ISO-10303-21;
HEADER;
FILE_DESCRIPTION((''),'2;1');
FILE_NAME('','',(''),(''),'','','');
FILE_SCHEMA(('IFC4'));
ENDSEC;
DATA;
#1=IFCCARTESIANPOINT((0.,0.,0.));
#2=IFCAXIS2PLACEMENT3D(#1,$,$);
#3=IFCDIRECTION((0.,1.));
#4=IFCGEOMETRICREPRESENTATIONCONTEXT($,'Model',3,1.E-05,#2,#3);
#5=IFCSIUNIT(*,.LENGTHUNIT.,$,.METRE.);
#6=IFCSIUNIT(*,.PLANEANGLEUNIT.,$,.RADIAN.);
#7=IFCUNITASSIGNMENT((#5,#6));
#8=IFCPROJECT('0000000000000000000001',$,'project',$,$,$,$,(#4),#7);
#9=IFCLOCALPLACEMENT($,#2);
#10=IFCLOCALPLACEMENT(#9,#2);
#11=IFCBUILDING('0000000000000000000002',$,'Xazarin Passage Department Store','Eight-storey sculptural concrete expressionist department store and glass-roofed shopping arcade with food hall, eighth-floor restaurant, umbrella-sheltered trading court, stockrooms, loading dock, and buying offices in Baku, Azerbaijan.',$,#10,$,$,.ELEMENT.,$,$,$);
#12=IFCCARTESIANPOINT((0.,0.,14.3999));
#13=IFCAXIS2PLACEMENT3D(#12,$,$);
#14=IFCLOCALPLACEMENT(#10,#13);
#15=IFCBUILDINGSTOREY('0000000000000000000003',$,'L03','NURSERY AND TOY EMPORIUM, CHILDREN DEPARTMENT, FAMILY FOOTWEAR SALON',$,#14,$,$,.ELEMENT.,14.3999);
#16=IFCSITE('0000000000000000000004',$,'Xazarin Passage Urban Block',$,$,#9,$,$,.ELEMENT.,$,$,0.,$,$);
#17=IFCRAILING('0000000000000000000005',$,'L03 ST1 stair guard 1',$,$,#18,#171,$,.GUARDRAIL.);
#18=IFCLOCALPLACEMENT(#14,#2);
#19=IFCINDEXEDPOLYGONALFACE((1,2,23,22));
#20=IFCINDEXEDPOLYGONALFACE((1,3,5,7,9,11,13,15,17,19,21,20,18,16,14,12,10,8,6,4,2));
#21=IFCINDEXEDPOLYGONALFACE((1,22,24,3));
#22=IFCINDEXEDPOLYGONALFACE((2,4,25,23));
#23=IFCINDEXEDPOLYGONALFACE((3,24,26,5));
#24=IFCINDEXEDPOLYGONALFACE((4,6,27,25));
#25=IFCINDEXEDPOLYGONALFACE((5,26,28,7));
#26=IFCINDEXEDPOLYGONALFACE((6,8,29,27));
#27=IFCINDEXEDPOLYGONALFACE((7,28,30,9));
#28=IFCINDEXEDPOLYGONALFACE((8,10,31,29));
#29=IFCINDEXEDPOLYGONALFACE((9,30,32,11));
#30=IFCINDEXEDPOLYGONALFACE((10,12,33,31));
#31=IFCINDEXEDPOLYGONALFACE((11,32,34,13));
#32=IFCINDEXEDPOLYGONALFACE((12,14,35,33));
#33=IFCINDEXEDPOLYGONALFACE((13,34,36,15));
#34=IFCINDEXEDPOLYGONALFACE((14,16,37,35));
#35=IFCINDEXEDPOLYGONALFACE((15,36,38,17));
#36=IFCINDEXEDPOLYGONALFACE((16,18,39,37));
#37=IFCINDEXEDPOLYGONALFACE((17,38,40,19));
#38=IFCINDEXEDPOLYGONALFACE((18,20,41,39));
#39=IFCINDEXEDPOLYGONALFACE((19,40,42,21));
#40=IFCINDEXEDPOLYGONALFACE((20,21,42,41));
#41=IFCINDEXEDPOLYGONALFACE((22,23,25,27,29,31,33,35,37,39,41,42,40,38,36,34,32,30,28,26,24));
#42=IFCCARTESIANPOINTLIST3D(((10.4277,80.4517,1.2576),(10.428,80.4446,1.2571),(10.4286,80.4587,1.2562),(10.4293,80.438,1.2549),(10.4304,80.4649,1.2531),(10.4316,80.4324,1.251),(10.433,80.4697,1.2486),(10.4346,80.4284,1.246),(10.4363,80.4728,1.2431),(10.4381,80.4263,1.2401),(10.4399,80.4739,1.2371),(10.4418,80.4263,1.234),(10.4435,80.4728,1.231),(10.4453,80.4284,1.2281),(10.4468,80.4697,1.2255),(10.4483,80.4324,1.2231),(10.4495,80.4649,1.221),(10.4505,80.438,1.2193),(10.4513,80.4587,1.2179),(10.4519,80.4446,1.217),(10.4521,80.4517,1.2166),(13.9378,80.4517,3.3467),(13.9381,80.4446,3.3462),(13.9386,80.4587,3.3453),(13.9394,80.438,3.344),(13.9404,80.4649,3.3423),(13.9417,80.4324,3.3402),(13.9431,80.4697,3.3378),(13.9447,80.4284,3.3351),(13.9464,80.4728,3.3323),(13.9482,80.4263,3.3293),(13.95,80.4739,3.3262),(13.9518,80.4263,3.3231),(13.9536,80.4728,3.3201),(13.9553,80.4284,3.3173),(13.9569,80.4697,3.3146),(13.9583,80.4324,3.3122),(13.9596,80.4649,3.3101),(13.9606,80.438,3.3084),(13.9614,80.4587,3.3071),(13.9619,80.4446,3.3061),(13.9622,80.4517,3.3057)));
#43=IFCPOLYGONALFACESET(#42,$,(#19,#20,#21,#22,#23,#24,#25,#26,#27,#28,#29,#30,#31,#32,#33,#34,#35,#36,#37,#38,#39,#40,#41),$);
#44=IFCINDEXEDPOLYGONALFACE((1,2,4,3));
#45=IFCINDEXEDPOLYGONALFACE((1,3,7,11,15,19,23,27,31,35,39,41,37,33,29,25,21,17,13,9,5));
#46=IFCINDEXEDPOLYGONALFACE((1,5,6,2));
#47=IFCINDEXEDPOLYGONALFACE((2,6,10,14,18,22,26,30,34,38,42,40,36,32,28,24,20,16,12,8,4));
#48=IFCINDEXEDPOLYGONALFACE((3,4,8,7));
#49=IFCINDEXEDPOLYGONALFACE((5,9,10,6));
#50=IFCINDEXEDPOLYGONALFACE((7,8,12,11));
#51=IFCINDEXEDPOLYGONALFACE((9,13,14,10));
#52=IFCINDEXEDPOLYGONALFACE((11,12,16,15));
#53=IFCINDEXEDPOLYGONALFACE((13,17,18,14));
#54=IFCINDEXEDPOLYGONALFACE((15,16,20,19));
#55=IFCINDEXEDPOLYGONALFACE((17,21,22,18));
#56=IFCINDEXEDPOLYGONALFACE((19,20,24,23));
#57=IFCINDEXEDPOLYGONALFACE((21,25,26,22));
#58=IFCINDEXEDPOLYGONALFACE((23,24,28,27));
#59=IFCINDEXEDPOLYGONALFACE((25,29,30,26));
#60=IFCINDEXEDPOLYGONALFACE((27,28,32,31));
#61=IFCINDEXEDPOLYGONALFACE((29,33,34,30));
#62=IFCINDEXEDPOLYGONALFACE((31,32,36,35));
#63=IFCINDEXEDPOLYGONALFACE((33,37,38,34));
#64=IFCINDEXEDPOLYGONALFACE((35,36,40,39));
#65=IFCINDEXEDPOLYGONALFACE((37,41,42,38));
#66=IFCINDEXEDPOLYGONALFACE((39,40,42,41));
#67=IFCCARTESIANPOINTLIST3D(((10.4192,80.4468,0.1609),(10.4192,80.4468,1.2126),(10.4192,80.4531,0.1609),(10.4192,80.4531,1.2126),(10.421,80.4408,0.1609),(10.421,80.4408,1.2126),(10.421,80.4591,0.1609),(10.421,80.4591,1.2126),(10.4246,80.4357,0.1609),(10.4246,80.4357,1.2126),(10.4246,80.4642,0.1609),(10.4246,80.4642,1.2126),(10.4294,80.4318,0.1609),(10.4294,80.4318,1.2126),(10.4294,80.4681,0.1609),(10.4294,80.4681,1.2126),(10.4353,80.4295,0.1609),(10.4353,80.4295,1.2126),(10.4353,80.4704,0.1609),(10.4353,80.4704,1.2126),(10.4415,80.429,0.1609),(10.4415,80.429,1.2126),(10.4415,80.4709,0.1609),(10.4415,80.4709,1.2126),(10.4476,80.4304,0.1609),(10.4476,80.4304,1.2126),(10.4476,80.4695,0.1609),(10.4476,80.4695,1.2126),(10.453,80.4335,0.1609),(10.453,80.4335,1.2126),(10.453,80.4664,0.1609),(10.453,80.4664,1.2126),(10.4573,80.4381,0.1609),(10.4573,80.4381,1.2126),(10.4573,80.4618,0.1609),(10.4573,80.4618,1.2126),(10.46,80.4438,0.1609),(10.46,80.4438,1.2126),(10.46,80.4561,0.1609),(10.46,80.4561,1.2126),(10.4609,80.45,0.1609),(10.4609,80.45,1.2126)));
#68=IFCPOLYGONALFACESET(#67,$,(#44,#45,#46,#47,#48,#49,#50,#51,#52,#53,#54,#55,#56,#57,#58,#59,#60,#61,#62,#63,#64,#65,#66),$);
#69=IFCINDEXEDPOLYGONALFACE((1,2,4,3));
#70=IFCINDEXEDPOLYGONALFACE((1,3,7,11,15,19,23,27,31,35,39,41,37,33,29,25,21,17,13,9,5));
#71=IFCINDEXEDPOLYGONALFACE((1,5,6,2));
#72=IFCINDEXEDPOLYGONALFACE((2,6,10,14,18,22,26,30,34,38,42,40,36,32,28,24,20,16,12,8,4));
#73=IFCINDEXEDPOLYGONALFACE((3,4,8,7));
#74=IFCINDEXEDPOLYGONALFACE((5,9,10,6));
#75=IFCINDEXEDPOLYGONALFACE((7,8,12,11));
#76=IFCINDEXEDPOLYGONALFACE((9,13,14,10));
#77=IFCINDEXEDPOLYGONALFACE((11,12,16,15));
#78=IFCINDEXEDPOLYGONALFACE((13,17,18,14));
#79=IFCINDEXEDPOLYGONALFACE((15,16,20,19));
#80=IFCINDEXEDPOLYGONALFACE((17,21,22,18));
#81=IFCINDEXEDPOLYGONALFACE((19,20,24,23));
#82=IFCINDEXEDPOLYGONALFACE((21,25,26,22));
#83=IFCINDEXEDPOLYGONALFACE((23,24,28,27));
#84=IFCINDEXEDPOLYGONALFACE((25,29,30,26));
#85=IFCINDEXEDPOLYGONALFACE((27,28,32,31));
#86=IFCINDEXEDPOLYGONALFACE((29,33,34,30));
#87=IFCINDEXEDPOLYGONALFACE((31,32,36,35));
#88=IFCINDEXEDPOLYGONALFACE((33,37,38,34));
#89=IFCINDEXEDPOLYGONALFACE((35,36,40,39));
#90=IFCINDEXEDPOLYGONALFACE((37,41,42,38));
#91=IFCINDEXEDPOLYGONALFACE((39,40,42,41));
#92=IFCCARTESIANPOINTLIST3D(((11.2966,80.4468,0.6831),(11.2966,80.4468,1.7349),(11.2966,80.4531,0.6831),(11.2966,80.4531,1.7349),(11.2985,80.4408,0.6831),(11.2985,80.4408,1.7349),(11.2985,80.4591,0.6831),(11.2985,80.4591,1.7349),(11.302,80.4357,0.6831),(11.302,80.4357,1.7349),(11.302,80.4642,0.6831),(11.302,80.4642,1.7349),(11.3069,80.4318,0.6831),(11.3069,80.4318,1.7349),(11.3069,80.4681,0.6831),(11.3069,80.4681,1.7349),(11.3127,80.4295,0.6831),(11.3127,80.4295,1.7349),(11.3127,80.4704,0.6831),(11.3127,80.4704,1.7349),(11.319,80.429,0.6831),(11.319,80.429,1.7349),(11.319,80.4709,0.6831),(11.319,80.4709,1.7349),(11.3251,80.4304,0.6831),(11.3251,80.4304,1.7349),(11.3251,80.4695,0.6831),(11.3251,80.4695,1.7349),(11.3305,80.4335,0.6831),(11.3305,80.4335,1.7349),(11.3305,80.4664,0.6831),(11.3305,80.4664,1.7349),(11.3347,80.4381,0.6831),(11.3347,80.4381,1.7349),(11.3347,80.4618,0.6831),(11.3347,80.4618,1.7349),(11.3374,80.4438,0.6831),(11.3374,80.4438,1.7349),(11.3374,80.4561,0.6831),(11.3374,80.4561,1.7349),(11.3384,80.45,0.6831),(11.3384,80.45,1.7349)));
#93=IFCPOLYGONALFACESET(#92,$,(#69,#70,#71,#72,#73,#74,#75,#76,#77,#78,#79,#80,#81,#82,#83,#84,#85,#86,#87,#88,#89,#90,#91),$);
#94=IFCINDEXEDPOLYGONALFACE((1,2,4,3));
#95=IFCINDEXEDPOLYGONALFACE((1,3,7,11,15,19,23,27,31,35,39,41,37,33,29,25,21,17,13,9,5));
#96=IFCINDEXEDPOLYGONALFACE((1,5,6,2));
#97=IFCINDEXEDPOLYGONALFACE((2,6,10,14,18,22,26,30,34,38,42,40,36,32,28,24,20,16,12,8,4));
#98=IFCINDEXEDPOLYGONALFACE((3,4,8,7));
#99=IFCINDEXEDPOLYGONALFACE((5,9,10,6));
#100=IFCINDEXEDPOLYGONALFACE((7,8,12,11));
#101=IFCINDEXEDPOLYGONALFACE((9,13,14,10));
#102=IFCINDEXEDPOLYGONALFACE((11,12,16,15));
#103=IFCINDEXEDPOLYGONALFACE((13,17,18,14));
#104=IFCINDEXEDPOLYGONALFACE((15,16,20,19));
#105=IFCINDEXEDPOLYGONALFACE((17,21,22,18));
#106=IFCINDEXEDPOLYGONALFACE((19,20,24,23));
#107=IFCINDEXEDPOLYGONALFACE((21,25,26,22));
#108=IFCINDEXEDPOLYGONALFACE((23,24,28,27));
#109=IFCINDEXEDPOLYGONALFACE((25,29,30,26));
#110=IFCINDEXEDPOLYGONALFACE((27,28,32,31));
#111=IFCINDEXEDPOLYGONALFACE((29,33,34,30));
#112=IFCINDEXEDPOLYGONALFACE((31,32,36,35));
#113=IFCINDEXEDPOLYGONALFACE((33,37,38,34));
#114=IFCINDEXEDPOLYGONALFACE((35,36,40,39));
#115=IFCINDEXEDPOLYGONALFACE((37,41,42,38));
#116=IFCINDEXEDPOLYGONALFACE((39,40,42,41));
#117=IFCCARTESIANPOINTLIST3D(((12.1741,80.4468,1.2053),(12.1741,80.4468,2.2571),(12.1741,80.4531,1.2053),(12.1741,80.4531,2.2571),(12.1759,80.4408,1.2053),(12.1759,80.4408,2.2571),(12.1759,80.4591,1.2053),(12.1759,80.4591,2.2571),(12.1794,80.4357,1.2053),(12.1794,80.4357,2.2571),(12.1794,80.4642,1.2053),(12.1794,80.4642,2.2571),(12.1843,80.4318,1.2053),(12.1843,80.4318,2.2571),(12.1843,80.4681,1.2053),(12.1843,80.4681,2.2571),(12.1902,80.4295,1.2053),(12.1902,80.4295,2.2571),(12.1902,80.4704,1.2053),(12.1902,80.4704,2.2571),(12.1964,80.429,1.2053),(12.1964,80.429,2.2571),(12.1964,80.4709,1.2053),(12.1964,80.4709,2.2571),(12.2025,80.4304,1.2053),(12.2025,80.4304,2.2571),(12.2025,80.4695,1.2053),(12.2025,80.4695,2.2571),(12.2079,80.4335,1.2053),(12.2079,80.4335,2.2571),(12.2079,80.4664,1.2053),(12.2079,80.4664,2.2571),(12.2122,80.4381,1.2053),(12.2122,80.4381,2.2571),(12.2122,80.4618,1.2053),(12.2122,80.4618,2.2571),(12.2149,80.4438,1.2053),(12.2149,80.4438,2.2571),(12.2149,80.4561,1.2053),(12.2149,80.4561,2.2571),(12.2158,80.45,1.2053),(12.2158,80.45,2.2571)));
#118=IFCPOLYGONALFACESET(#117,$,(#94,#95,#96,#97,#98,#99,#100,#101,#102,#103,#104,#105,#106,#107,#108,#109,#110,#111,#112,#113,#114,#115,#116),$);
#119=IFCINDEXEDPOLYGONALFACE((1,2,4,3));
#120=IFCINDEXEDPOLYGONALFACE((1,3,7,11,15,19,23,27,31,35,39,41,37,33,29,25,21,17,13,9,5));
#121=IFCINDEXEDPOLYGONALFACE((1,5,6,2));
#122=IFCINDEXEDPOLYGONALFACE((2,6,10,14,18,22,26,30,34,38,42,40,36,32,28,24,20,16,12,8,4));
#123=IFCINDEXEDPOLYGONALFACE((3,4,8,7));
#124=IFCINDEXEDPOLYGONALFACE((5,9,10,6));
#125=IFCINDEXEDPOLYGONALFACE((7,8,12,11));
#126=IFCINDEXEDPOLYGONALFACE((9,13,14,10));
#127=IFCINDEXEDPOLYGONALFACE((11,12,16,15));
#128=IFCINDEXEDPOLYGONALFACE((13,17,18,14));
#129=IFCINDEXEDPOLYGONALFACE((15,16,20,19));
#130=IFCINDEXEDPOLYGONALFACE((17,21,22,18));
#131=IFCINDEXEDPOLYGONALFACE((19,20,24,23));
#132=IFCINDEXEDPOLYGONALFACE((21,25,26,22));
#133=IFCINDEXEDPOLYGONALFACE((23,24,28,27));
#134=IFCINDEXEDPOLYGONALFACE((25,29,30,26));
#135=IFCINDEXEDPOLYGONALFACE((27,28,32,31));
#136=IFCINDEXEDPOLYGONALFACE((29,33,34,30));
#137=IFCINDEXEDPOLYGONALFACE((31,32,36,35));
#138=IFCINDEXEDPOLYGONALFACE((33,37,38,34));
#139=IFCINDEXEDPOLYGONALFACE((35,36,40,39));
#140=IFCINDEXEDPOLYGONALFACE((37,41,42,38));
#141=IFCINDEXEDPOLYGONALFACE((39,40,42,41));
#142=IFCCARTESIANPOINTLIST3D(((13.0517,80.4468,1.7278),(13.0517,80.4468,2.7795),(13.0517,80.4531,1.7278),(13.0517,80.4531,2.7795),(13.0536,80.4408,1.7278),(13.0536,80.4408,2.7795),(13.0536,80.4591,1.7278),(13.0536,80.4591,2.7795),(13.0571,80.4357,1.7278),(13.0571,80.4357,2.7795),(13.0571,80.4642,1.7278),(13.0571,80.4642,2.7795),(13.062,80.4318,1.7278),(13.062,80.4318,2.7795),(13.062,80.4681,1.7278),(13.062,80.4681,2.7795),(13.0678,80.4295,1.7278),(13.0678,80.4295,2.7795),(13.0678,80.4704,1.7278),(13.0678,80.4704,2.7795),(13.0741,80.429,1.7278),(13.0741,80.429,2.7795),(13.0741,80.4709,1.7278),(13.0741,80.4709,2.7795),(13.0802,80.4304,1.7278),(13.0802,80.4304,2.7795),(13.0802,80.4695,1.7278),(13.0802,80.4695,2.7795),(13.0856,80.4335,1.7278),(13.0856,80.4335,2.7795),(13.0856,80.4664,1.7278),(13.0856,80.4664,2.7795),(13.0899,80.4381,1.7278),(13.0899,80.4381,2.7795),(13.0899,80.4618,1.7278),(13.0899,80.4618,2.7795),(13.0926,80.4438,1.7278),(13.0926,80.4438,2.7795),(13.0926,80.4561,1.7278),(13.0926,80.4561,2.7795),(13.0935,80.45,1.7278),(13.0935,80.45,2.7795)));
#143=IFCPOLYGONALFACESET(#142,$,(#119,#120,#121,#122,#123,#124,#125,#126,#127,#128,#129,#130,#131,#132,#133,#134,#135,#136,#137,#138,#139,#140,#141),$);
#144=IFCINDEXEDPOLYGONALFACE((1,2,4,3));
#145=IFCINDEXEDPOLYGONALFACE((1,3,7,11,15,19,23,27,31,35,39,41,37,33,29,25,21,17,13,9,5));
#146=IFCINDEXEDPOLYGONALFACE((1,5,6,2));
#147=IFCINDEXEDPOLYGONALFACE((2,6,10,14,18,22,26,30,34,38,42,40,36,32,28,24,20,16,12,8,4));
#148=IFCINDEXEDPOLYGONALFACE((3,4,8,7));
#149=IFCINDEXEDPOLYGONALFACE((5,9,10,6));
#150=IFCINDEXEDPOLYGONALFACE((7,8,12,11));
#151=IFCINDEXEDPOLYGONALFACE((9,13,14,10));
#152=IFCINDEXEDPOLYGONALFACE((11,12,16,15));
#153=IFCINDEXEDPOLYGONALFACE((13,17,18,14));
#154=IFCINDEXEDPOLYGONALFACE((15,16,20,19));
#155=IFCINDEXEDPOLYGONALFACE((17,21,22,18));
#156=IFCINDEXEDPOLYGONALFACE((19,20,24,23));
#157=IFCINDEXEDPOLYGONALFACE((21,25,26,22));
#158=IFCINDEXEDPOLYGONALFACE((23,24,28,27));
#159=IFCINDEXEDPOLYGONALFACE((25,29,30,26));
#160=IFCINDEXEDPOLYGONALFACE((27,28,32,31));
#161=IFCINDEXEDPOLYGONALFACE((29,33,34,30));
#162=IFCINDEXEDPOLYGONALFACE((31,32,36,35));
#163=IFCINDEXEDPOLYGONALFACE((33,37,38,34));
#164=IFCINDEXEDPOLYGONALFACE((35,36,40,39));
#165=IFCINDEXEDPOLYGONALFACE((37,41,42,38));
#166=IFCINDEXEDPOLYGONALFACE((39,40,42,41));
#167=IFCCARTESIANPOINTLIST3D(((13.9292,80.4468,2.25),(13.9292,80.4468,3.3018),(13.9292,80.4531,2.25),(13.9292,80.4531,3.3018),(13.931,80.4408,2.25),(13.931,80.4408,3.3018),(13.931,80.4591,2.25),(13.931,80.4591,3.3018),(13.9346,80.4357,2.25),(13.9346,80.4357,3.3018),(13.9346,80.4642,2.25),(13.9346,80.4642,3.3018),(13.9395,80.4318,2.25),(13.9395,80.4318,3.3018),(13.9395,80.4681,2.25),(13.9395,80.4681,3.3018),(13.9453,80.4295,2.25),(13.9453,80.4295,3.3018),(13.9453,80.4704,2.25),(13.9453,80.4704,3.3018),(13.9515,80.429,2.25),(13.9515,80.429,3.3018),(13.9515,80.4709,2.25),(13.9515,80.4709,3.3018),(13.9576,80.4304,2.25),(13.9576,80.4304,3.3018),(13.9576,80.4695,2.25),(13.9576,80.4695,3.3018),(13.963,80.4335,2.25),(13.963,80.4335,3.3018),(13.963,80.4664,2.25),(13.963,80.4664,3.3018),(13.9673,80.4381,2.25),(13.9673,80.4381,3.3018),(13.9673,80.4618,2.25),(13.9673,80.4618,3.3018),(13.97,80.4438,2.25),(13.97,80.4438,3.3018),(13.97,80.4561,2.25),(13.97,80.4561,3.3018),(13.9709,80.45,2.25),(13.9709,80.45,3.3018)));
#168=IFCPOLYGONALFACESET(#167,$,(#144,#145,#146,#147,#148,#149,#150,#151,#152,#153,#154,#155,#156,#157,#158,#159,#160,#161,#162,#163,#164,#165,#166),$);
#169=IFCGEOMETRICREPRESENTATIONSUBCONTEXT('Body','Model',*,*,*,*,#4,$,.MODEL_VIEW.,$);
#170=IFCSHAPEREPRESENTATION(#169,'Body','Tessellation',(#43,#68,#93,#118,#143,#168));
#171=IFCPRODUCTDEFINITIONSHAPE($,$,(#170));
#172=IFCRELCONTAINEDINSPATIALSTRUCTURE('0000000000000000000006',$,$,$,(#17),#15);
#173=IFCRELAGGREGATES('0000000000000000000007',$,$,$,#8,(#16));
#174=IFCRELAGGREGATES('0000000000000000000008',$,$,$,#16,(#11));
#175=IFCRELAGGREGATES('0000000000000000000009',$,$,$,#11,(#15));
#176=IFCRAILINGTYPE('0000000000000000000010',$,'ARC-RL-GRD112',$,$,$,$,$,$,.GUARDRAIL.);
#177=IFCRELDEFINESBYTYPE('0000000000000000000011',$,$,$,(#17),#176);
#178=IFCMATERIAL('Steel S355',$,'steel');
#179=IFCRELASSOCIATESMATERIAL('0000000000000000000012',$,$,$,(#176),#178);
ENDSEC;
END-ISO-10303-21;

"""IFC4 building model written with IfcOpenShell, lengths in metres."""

from ifc_helpers import new_model, si_unit, direction, frame, origin, origin_2d, place, context, subcontext, project, spatial, circle, extrude, material, type_object, element, save


model = new_model("IFC4")

# Units and contexts
model_context = context("Model", 3, precision=1e-05, world=origin(), true_north=direction((0.0, 1.0)))
body_context = subcontext(model_context, "Body", "Model", "MODEL_VIEW")
ifc_project = project(units=[si_unit("LENGTHUNIT", "METRE"), si_unit("PLANEANGLEUNIT", "RADIAN")], contexts=[model_context])

# Site, building, storey
site_placement = place(None, origin())
site = spatial("IfcSite", under=ifc_project, at=site_placement, Name="Xazarin Passage Urban Block", CompositionType="ELEMENT", RefElevation=0.0)
building_placement = place(site_placement, origin())
building = spatial("IfcBuilding", under=site, at=building_placement, Name="Xazarin Passage Department Store", Description="Eight-storey sculptural concrete expressionist department store and glass-roofed shopping arcade with food hall, eighth-floor restaurant, umbrella-sheltered trading court, stockrooms, loading dock, and buying offices in Baku, Azerbaijan.", CompositionType="ELEMENT")
storey_placement = place(building_placement, frame((0.0, 0.0, 14.3999)))
storey = spatial("IfcBuildingStorey", under=building, at=storey_placement, Name="L03", Description="NURSERY AND TOY EMPORIUM, CHILDREN DEPARTMENT, FAMILY FOOTWEAR SALON", CompositionType="ELEMENT", Elevation=14.3999)

# Shared definitions
ifc_material_1 = material(Name="Steel S355", Category="steel")

# Railing
railing_type_1 = type_object("IfcRailingType", Name="ARC-RL-GRD112", PredefinedType="GUARDRAIL", material=ifc_material_1)
railing_1_placement = place(storey_placement, frame((10.4399, 80.45, 0.1609)))
element("IfcRailing", 1, at=railing_1_placement, inside=storey, type_object=railing_type_1, Name="L03 ST1 stair guard 1", PredefinedType="GUARDRAIL", context=body_context, shape_type="SweptSolid", body=[
    extrude(circle(Radius=0.0239, at=origin_2d()), frame((0.0, 0.0, 1.0762), z_axis=(0.859312, 0.0, 0.511451), x_axis=(0.0, 1.0, 0.0)), (0.0, 0.0, 1.0), 4.0847),
    extrude(circle(Radius=0.021, at=origin_2d()), origin(), (0.0, 0.0, 1.0), 1.0518),
    extrude(circle(Radius=0.021, at=origin_2d()), frame((0.8774, 0.0, 0.5222)), (0.0, 0.0, 1.0), 1.0518),
    extrude(circle(Radius=0.021, at=origin_2d()), frame((1.7549, 0.0, 1.0444)), (0.0, 0.0, 1.0), 1.0518),
    extrude(circle(Radius=0.021, at=origin_2d()), frame((2.6326, 0.0, 1.5669)), (0.0, 0.0, 1.0), 1.0518),
    extrude(circle(Radius=0.021, at=origin_2d()), frame((3.51, 0.0, 2.0891)), (0.0, 0.0, 1.0), 1.0518),
])

save(model, "model.ifc")
